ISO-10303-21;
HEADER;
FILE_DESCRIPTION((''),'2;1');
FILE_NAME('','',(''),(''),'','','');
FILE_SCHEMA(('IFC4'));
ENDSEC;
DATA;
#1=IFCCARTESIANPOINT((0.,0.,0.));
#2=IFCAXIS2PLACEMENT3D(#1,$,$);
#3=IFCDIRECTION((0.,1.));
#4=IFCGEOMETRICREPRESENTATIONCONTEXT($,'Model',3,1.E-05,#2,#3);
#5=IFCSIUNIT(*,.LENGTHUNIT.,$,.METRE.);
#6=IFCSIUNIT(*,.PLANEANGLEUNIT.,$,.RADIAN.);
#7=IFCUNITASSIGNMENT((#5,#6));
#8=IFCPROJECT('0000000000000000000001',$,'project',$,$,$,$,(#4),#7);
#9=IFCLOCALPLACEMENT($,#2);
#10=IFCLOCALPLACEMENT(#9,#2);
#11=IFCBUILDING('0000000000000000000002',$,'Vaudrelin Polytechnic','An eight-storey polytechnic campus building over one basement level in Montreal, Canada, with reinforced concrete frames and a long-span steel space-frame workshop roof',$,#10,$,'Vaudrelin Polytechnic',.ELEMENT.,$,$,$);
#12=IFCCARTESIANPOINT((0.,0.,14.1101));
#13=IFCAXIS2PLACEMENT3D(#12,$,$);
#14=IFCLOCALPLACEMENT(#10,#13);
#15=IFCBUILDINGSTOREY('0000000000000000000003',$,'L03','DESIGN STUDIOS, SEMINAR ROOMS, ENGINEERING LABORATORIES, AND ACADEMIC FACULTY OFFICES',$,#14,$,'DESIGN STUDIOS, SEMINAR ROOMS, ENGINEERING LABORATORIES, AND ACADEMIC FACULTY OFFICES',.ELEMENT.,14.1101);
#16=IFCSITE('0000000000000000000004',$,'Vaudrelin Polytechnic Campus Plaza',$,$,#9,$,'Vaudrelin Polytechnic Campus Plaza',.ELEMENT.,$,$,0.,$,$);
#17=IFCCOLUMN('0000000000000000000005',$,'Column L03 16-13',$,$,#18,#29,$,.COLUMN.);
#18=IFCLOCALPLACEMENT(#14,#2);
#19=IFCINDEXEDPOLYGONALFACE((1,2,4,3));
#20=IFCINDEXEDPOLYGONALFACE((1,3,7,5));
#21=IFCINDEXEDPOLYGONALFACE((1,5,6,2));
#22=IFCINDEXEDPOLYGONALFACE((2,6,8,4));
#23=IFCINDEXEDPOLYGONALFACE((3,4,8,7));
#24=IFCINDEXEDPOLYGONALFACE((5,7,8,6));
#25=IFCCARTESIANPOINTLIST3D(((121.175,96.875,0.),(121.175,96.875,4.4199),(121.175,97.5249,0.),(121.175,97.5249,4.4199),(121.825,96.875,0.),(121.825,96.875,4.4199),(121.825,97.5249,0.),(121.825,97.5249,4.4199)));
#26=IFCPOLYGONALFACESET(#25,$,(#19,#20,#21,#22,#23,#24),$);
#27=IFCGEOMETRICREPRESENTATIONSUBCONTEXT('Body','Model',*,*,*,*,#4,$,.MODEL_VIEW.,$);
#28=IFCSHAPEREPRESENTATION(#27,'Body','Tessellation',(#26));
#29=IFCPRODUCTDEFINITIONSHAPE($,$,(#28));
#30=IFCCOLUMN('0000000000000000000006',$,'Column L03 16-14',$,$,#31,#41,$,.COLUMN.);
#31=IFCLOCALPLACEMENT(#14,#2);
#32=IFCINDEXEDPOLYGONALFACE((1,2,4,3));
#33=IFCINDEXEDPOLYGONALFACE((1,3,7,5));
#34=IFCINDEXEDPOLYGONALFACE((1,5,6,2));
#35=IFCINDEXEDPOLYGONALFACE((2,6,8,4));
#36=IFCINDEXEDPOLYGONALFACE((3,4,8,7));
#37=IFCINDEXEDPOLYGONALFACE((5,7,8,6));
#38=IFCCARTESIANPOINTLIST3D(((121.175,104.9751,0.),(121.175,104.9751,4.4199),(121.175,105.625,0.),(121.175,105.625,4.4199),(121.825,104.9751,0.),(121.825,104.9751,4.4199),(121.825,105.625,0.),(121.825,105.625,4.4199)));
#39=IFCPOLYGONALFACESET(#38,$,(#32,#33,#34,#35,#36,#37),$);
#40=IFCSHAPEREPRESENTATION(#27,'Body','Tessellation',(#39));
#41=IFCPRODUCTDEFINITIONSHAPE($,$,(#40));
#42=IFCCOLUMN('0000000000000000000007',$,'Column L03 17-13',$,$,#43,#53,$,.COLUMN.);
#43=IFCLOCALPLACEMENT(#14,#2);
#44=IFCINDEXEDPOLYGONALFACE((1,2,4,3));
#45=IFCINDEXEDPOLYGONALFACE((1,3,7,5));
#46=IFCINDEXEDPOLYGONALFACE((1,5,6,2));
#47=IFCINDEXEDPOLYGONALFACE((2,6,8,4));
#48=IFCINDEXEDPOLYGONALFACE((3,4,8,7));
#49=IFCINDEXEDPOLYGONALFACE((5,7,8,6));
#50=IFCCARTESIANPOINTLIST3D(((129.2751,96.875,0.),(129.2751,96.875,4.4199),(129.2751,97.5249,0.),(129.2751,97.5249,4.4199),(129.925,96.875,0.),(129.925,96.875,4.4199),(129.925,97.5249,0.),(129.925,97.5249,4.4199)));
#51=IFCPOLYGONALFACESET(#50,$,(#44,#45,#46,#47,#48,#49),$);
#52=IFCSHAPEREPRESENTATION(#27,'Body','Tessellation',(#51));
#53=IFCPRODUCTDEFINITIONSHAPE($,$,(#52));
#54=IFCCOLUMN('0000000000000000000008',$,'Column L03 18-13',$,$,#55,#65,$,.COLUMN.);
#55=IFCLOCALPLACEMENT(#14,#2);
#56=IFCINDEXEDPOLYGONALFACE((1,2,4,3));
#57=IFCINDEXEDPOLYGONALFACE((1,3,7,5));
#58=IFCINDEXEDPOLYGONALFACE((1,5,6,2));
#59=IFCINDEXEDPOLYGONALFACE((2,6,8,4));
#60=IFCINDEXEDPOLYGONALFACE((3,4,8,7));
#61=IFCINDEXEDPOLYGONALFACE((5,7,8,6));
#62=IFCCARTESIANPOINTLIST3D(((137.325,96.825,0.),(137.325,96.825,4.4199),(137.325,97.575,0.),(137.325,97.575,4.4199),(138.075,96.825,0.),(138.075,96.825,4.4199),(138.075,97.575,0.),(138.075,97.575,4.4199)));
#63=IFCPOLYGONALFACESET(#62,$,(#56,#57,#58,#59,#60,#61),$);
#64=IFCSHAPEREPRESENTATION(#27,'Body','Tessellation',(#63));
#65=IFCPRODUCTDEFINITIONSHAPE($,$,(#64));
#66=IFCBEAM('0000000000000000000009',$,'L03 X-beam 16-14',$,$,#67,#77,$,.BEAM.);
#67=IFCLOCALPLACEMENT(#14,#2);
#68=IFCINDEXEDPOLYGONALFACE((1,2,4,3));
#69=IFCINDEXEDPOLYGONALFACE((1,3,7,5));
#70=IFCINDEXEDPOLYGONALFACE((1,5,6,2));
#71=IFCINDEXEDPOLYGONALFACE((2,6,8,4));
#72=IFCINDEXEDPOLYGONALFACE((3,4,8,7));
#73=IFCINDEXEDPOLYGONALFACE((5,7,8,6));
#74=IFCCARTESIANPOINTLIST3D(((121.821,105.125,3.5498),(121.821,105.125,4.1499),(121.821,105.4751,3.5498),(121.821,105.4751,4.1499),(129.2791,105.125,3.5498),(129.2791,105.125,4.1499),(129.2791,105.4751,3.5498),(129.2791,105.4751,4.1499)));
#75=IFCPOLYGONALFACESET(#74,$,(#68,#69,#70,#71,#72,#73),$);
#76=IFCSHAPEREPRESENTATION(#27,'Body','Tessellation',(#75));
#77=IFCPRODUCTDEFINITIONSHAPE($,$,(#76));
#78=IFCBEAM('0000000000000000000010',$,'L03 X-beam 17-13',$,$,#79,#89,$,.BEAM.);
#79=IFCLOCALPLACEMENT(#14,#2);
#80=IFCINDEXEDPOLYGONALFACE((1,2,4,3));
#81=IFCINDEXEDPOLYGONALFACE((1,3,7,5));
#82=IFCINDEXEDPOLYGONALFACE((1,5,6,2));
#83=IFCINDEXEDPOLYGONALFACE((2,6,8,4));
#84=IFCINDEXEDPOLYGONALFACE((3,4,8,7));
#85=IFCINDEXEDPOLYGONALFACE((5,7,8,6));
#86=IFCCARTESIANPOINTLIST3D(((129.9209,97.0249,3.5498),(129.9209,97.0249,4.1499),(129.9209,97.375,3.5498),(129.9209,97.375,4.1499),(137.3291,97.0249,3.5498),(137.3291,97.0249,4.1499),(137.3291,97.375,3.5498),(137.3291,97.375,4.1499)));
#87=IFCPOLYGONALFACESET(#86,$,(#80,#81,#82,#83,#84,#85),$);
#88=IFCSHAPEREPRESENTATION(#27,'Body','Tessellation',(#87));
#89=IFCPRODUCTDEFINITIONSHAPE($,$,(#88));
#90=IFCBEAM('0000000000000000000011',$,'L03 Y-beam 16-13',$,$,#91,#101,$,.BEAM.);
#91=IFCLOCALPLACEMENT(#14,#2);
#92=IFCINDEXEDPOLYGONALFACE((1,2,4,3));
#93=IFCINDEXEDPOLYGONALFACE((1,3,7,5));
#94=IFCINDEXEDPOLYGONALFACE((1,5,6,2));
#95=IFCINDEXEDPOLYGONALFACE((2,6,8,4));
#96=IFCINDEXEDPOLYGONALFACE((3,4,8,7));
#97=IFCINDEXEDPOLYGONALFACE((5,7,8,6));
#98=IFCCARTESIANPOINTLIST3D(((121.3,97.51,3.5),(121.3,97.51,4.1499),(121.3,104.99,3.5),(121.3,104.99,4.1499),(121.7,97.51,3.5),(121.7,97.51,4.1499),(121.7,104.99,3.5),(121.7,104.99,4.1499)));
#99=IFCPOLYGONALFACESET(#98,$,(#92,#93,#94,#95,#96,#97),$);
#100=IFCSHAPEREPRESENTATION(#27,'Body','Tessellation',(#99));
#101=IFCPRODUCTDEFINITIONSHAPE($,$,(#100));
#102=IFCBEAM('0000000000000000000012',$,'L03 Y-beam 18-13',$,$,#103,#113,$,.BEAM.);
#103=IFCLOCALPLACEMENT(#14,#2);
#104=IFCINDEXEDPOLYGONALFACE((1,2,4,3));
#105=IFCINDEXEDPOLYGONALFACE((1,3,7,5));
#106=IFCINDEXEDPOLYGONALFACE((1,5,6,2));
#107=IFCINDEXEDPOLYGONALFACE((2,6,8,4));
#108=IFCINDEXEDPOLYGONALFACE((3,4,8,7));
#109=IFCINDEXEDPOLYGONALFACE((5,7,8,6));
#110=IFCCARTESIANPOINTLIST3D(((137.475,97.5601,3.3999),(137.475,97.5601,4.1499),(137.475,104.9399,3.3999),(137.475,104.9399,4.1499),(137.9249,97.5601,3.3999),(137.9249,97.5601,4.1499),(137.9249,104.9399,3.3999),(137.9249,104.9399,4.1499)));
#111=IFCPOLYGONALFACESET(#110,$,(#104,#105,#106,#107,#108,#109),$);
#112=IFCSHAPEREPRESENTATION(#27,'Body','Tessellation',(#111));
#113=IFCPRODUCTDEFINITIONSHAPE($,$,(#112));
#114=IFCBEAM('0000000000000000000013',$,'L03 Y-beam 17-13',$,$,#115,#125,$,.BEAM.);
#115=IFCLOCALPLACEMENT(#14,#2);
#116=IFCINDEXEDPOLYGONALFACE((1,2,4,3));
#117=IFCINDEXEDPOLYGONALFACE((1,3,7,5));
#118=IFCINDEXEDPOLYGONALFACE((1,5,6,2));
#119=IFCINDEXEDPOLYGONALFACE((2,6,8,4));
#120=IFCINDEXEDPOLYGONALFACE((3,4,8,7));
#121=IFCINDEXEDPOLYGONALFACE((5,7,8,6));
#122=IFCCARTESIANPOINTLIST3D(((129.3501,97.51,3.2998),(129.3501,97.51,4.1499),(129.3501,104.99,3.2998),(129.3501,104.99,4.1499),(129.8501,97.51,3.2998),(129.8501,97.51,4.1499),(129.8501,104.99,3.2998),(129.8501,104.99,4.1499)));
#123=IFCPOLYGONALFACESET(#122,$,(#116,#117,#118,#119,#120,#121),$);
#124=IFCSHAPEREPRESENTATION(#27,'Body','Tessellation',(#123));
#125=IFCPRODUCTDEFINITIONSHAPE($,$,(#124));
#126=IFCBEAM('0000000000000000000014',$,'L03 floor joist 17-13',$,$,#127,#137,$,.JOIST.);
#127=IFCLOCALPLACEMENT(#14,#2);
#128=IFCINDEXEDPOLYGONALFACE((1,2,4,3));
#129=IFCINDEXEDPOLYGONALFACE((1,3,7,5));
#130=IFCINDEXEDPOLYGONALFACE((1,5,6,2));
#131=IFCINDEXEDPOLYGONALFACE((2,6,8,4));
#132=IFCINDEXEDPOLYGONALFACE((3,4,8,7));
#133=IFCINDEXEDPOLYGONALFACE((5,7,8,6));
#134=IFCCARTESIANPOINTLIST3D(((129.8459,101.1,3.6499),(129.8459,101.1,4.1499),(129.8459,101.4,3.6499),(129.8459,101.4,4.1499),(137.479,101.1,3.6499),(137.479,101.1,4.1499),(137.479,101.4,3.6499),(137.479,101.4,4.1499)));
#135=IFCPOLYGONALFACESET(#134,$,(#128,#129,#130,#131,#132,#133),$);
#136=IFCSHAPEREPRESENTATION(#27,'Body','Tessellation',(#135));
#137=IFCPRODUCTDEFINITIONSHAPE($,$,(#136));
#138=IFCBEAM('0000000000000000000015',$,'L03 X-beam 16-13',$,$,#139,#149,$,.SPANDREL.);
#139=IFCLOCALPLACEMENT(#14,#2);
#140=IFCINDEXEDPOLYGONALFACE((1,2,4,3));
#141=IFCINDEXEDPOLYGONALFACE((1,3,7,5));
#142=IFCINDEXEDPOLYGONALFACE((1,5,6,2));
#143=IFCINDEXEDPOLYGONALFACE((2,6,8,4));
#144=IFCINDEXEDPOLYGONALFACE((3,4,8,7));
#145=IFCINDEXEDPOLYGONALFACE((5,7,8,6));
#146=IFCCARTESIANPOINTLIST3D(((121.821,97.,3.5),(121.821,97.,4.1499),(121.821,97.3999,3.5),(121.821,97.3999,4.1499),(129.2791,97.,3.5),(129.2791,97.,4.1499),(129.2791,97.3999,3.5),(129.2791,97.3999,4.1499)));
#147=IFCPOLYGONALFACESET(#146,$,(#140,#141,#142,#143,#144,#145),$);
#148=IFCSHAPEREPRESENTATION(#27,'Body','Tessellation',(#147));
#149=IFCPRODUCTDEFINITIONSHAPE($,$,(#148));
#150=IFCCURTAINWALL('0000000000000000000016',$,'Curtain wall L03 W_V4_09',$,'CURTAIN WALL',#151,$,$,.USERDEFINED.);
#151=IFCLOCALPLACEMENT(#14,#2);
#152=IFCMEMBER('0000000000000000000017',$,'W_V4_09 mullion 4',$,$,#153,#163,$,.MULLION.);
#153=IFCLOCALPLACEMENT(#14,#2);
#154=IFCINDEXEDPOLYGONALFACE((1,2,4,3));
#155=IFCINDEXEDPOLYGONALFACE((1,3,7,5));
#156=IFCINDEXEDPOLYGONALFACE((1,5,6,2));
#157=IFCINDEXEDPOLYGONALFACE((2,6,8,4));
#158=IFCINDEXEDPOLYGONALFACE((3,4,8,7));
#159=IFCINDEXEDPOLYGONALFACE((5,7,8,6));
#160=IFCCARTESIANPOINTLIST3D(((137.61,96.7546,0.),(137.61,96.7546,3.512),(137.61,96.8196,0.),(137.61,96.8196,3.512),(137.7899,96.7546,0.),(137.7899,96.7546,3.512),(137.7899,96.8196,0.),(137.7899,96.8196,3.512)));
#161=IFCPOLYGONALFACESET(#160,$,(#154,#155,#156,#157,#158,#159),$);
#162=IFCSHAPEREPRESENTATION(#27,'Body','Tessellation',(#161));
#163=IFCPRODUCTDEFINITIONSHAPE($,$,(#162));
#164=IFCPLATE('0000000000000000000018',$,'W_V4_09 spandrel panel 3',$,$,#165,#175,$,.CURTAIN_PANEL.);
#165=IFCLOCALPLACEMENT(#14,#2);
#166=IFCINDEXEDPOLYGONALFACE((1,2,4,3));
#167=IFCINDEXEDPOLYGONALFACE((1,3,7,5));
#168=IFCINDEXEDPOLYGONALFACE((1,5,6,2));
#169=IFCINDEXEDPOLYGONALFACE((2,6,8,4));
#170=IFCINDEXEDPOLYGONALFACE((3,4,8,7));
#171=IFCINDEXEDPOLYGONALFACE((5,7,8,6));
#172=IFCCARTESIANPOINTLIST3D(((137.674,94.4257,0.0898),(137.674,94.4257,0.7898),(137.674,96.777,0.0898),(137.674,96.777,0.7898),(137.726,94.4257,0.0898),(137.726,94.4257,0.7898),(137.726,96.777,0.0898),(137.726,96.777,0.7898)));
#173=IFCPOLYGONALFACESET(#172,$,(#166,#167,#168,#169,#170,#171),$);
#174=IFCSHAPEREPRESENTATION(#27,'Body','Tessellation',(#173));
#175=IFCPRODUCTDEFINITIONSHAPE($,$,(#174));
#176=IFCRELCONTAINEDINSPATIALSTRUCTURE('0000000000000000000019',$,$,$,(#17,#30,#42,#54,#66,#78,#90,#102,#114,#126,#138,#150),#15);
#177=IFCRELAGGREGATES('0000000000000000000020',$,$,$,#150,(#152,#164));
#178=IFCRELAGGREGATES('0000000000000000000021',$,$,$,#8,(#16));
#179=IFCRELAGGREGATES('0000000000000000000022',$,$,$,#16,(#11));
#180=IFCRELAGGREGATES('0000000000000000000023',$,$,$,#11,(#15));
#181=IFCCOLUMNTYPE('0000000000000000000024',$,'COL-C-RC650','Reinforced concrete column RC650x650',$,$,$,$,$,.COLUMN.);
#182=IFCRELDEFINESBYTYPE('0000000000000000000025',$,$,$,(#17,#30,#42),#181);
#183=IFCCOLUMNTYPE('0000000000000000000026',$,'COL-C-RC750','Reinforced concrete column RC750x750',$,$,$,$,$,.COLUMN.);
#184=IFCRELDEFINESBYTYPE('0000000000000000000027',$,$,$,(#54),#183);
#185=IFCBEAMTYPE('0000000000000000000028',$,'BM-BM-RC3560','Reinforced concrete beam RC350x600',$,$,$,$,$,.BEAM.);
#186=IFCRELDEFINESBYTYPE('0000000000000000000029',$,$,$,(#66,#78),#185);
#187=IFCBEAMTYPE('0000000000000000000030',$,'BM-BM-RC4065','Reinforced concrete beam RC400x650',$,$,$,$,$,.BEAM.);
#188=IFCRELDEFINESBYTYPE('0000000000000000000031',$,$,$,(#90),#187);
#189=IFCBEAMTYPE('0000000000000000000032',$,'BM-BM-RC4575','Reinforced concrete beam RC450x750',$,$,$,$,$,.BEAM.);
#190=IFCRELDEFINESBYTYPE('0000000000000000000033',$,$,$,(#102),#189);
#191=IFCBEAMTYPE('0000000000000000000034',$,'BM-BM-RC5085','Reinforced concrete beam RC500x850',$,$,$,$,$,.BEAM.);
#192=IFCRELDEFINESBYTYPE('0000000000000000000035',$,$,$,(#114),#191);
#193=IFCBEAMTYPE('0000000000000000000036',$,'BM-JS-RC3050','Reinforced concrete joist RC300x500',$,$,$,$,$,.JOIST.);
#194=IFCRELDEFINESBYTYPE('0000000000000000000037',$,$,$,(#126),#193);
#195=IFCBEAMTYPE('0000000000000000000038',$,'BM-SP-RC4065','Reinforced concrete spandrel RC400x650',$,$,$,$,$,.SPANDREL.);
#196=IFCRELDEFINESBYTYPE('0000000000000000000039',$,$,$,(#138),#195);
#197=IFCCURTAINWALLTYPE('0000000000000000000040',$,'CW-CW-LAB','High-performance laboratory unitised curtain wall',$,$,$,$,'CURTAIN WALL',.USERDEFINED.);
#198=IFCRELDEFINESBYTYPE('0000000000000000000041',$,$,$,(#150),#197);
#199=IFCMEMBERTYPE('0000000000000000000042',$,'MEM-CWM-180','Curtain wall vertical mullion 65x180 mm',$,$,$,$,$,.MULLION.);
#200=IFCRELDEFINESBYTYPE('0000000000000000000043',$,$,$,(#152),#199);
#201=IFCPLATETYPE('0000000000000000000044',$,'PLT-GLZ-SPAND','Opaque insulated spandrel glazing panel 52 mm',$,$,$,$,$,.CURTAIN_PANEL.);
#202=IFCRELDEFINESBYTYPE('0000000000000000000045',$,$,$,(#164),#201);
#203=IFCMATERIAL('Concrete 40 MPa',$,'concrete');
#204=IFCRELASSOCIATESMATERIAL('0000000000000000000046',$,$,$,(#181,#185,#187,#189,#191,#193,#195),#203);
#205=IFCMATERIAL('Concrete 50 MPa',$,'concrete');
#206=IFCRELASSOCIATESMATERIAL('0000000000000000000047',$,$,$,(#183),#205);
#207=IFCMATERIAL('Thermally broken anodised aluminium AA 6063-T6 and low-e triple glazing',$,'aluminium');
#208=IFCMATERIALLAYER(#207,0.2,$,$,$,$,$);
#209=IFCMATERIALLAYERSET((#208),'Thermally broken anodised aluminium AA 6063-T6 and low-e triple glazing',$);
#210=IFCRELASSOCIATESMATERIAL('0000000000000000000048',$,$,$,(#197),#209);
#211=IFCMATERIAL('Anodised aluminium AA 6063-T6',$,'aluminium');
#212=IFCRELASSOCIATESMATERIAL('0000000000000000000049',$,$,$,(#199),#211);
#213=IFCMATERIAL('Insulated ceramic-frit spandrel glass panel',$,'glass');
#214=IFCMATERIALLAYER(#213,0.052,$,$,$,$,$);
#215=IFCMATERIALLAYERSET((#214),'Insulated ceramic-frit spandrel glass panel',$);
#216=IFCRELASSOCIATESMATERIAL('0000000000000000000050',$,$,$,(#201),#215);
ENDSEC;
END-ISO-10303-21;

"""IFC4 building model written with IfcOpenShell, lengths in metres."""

from ifc_helpers import new_model, si_unit, direction, frame, origin, origin_2d, place, context, subcontext, project, spatial, rectangle, extrude, material, layer, layer_set, material_profile, profile_set, type_object, element, aggregate, save


model = new_model("IFC4")

# Units and contexts
model_context = context("Model", 3, precision=1e-05, world=origin(), true_north=direction((0.0, 1.0)))
body_context = subcontext(model_context, "Body", "Model", "MODEL_VIEW")
ifc_project = project(units=[si_unit("LENGTHUNIT", "METRE"), si_unit("PLANEANGLEUNIT", "RADIAN")], contexts=[model_context])

# Site, building, storey
site_placement = place(None, origin())
site = spatial("IfcSite", under=ifc_project, at=site_placement, Name="Vaudrelin Polytechnic Campus Plaza", LongName="Vaudrelin Polytechnic Campus Plaza", CompositionType="ELEMENT", RefElevation=0.0)
building_placement = place(site_placement, origin())
building = spatial("IfcBuilding", under=site, at=building_placement, Name="Vaudrelin Polytechnic", Description="An eight-storey polytechnic campus building over one basement level in Montreal, Canada, with reinforced concrete frames and a long-span steel space-frame workshop roof", LongName="Vaudrelin Polytechnic", CompositionType="ELEMENT")
storey_placement = place(building_placement, frame((0.0, 0.0, 14.1101)))
storey = spatial("IfcBuildingStorey", under=building, at=storey_placement, Name="L03", Description="DESIGN STUDIOS, SEMINAR ROOMS, ENGINEERING LABORATORIES, AND ACADEMIC FACULTY OFFICES", LongName="DESIGN STUDIOS, SEMINAR ROOMS, ENGINEERING LABORATORIES, AND ACADEMIC FACULTY OFFICES", CompositionType="ELEMENT", Elevation=14.1101)

# Columns
ifc_material_1 = material(Name="Concrete 40 MPa", Category="concrete")
ifc_material_profile_1 = material_profile(ifc_material_1, rectangle(XDim=0.6499, YDim=0.6499, at=origin_2d()), Name="RC650x650")
ifc_profile_set_1 = profile_set([ifc_material_profile_1], Name="Concrete 40 MPa")
column_type_1 = type_object("IfcColumnType", Name="COL-C-RC650", Description="Reinforced concrete column RC650x650", PredefinedType="COLUMN", material=ifc_profile_set_1)
for number, where, z_axis, x_axis, name in (
    (1, (121.5, 97.2, 0.0), (0.0, 0.0, 1.0), (1.0, 0.0, 0.0), "Column L03 16-13"),
    (2, (121.5, 105.3, 0.0), (0.0, 0.0, 1.0), (1.0, 0.0, 0.0), "Column L03 16-14"),
    (3, (129.6001, 97.2, 0.0), (0.0, 0.0, 1.0), (1.0, 0.0, 0.0), "Column L03 17-13"),
):
    element("IfcColumn", number, at=place(storey_placement, frame(where, z_axis=z_axis, x_axis=x_axis)), inside=storey, type_object=column_type_1, Name=name, PredefinedType="COLUMN", context=body_context, shape_type="SweptSolid", body=[
        extrude(rectangle(XDim=0.6499, YDim=0.6499, at=origin_2d()), origin(), (0.0, 0.0, 1.0), 4.4199),
    ])
ifc_material_2 = material(Name="Concrete 50 MPa", Category="concrete")
ifc_material_profile_2 = material_profile(ifc_material_2, rectangle(XDim=0.75, YDim=0.75, at=origin_2d()), Name="RC750x750")
ifc_profile_set_2 = profile_set([ifc_material_profile_2], Name="Concrete 50 MPa")
column_type_2 = type_object("IfcColumnType", Name="COL-C-RC750", Description="Reinforced concrete column RC750x750", PredefinedType="COLUMN", material=ifc_profile_set_2)
column_placement = place(storey_placement, frame((137.7, 97.2, 0.0), z_axis=(0.0, 0.0, 1.0), x_axis=(1.0, 0.0, 0.0)))
element("IfcColumn", 4, at=column_placement, inside=storey, type_object=column_type_2, Name="Column L03 18-13", PredefinedType="COLUMN", context=body_context, shape_type="SweptSolid", body=[
    extrude(rectangle(XDim=0.75, YDim=0.75, at=origin_2d()), origin(), (0.0, 0.0, 1.0), 4.4199),
])

# Beams
ifc_material_profile_3 = material_profile(ifc_material_1, rectangle(XDim=0.3501, YDim=0.6001, at=origin_2d()), Name="RC350x600")
ifc_profile_set_3 = profile_set([ifc_material_profile_3], Name="Concrete 40 MPa")
beam_type_1 = type_object("IfcBeamType", Name="BM-BM-RC3560", Description="Reinforced concrete beam RC350x600", PredefinedType="BEAM", material=ifc_profile_set_3)
beam_1_placement = place(storey_placement, frame((121.821, 105.3, 3.8499), z_axis=(1.0, 0.0, 0.0), x_axis=(0.0, 1.0, 0.0)))
element("IfcBeam", 5, at=beam_1_placement, inside=storey, type_object=beam_type_1, Name="L03 X-beam 16-14", PredefinedType="BEAM", context=body_context, shape_type="SweptSolid", body=[
    extrude(rectangle(XDim=0.3501, YDim=0.6001, at=origin_2d()), origin(), (0.0, 0.0, 1.0), 7.458),
])
beam_2_placement = place(storey_placement, frame((129.9209, 97.2, 3.8499), z_axis=(1.0, 0.0, 0.0), x_axis=(0.0, 1.0, 0.0)))
element("IfcBeam", 6, at=beam_2_placement, inside=storey, type_object=beam_type_1, Name="L03 X-beam 17-13", PredefinedType="BEAM", context=body_context, shape_type="SweptSolid", body=[
    extrude(rectangle(XDim=0.3501, YDim=0.6001, at=origin_2d()), origin(), (0.0, 0.0, 1.0), 7.4082),
])
ifc_material_profile_4 = material_profile(ifc_material_1, rectangle(XDim=0.3999, YDim=0.6499, at=origin_2d()), Name="RC400x650")
ifc_profile_set_4 = profile_set([ifc_material_profile_4], Name="Concrete 40 MPa")
beam_type_2 = type_object("IfcBeamType", Name="BM-BM-RC4065", Description="Reinforced concrete beam RC400x650", PredefinedType="BEAM", material=ifc_profile_set_4)
beam_3_placement = place(storey_placement, frame((121.5, 97.51, 3.825), z_axis=(0.0, 1.0, 0.0), x_axis=(-1.0, 0.0, 0.0)))
element("IfcBeam", 7, at=beam_3_placement, inside=storey, type_object=beam_type_2, Name="L03 Y-beam 16-13", PredefinedType="BEAM", context=body_context, shape_type="SweptSolid", body=[
    extrude(rectangle(XDim=0.3999, YDim=0.6499, at=origin_2d()), origin(), (0.0, 0.0, 1.0), 7.48),
])
ifc_material_profile_5 = material_profile(ifc_material_1, rectangle(XDim=0.45, YDim=0.75, at=origin_2d()), Name="RC450x750")
ifc_profile_set_5 = profile_set([ifc_material_profile_5], Name="Concrete 40 MPa")
beam_type_3 = type_object("IfcBeamType", Name="BM-BM-RC4575", Description="Reinforced concrete beam RC450x750", PredefinedType="BEAM", material=ifc_profile_set_5)
beam_4_placement = place(storey_placement, frame((137.7, 97.5601, 3.7749), z_axis=(0.0, 1.0, 0.0), x_axis=(-1.0, 0.0, 0.0)))
element("IfcBeam", 8, at=beam_4_placement, inside=storey, type_object=beam_type_3, Name="L03 Y-beam 18-13", PredefinedType="BEAM", context=body_context, shape_type="SweptSolid", body=[
    extrude(rectangle(XDim=0.45, YDim=0.75, at=origin_2d()), origin(), (0.0, 0.0, 1.0), 7.3799),
])
ifc_material_profile_6 = material_profile(ifc_material_1, rectangle(XDim=0.5, YDim=0.8501, at=origin_2d()), Name="RC500x850")
ifc_profile_set_6 = profile_set([ifc_material_profile_6], Name="Concrete 40 MPa")
beam_type_4 = type_object("IfcBeamType", Name="BM-BM-RC5085", Description="Reinforced concrete beam RC500x850", PredefinedType="BEAM", material=ifc_profile_set_6)
beam_5_placement = place(storey_placement, frame((129.6001, 97.51, 3.7249), z_axis=(0.0, 1.0, 0.0), x_axis=(-1.0, 0.0, 0.0)))
element("IfcBeam", 9, at=beam_5_placement, inside=storey, type_object=beam_type_4, Name="L03 Y-beam 17-13", PredefinedType="BEAM", context=body_context, shape_type="SweptSolid", body=[
    extrude(rectangle(XDim=0.5, YDim=0.8501, at=origin_2d()), origin(), (0.0, 0.0, 1.0), 7.48),
])
ifc_material_profile_7 = material_profile(ifc_material_1, rectangle(XDim=0.3, YDim=0.5, at=origin_2d()), Name="RC300x500")
ifc_profile_set_7 = profile_set([ifc_material_profile_7], Name="Concrete 40 MPa")
beam_type_5 = type_object("IfcBeamType", Name="BM-JS-RC3050", Description="Reinforced concrete joist RC300x500", PredefinedType="JOIST", material=ifc_profile_set_7)
beam_6_placement = place(storey_placement, frame((129.8459, 101.25, 3.8999), z_axis=(1.0, 0.0, 0.0), x_axis=(0.0, 1.0, 0.0)))
element("IfcBeam", 10, at=beam_6_placement, inside=storey, type_object=beam_type_5, Name="L03 floor joist 17-13", PredefinedType="JOIST", context=body_context, shape_type="SweptSolid", body=[
    extrude(rectangle(XDim=0.3, YDim=0.5, at=origin_2d()), origin(), (0.0, 0.0, 1.0), 7.6331),
])
ifc_material_profile_8 = material_profile(ifc_material_1, rectangle(XDim=0.3999, YDim=0.6499, at=origin_2d()), Name="RC400x650")
ifc_profile_set_8 = profile_set([ifc_material_profile_8], Name="Concrete 40 MPa")
beam_type_6 = type_object("IfcBeamType", Name="BM-SP-RC4065", Description="Reinforced concrete spandrel RC400x650", PredefinedType="SPANDREL", material=ifc_profile_set_8)
beam_7_placement = place(storey_placement, frame((121.821, 97.2, 3.825), z_axis=(1.0, 0.0, 0.0), x_axis=(0.0, 1.0, 0.0)))
element("IfcBeam", 11, at=beam_7_placement, inside=storey, type_object=beam_type_6, Name="L03 X-beam 16-13", PredefinedType="SPANDREL", context=body_context, shape_type="SweptSolid", body=[
    extrude(rectangle(XDim=0.3999, YDim=0.6499, at=origin_2d()), origin(), (0.0, 0.0, 1.0), 7.458),
])

# Curtain wall, member, plate
ifc_material_3 = material(Name="Thermally broken anodised aluminium AA 6063-T6 and low-e triple glazing", Category="aluminium")
ifc_layer_1 = layer(ifc_material_3, 0.2)
ifc_layer_set_1 = layer_set([ifc_layer_1], Name="Thermally broken anodised aluminium AA 6063-T6 and low-e triple glazing")
curtain_wall_type = type_object("IfcCurtainWallType", Name="CW-CW-LAB", Description="High-performance laboratory unitised curtain wall", ElementType="CURTAIN WALL", PredefinedType="USERDEFINED", material=ifc_layer_set_1)
curtain_wall_placement = place(storey_placement, origin())
curtain_wall = element("IfcCurtainWall", 12, at=curtain_wall_placement, inside=storey, type_object=curtain_wall_type, Name="Curtain wall L03 W_V4_09", ObjectType="CURTAIN WALL", PredefinedType="USERDEFINED")
ifc_material_4 = material(Name="Anodised aluminium AA 6063-T6", Category="aluminium")
ifc_material_profile_9 = material_profile(ifc_material_4, rectangle(XDim=0.0649, YDim=0.1799, at=origin_2d()), Name="CWM-65x180")
ifc_profile_set_9 = profile_set([ifc_material_profile_9], Name="Anodised aluminium AA 6063-T6")
member_type = type_object("IfcMemberType", Name="MEM-CWM-180", Description="Curtain wall vertical mullion 65x180 mm", PredefinedType="MULLION", material=ifc_profile_set_9)
member_placement = place(storey_placement, frame((137.7, 96.7871, 0.0), z_axis=(0.0, 0.0, 1.0), x_axis=(0.0, 1.0, 0.0)))
member = element("IfcMember", 13, at=member_placement, type_object=member_type, Name="W_V4_09 mullion 4", PredefinedType="MULLION", context=body_context, shape_type="SweptSolid", body=[
    extrude(rectangle(XDim=0.0649, YDim=0.1799, at=origin_2d()), origin(), (0.0, 0.0, 1.0), 3.512),
])
ifc_material_5 = material(Name="Insulated ceramic-frit spandrel glass panel", Category="glass")
ifc_layer_2 = layer(ifc_material_5, 0.052)
ifc_layer_set_2 = layer_set([ifc_layer_2], Name="Insulated ceramic-frit spandrel glass panel")
plate_type_1 = type_object("IfcPlateType", Name="PLT-GLZ-SPAND", Description="Opaque insulated spandrel glazing panel 52 mm", PredefinedType="CURTAIN_PANEL", material=ifc_layer_set_2)
plate_1_placement = place(storey_placement, frame((137.7, 95.6013, 0.0898), z_axis=(0.0, 0.0, 1.0), x_axis=(0.0, 1.0, 0.0)))
plate_1 = element("IfcPlate", 14, at=plate_1_placement, type_object=plate_type_1, Name="W_V4_09 spandrel panel 3", PredefinedType="CURTAIN_PANEL", context=body_context, shape_type="SweptSolid", body=[
    extrude(rectangle(XDim=2.3513, YDim=0.052, at=origin_2d()), origin(), (0.0, 0.0, 1.0), 0.7),
])
aggregate(curtain_wall, [member, plate_1])

save(model, "model.ifc")
